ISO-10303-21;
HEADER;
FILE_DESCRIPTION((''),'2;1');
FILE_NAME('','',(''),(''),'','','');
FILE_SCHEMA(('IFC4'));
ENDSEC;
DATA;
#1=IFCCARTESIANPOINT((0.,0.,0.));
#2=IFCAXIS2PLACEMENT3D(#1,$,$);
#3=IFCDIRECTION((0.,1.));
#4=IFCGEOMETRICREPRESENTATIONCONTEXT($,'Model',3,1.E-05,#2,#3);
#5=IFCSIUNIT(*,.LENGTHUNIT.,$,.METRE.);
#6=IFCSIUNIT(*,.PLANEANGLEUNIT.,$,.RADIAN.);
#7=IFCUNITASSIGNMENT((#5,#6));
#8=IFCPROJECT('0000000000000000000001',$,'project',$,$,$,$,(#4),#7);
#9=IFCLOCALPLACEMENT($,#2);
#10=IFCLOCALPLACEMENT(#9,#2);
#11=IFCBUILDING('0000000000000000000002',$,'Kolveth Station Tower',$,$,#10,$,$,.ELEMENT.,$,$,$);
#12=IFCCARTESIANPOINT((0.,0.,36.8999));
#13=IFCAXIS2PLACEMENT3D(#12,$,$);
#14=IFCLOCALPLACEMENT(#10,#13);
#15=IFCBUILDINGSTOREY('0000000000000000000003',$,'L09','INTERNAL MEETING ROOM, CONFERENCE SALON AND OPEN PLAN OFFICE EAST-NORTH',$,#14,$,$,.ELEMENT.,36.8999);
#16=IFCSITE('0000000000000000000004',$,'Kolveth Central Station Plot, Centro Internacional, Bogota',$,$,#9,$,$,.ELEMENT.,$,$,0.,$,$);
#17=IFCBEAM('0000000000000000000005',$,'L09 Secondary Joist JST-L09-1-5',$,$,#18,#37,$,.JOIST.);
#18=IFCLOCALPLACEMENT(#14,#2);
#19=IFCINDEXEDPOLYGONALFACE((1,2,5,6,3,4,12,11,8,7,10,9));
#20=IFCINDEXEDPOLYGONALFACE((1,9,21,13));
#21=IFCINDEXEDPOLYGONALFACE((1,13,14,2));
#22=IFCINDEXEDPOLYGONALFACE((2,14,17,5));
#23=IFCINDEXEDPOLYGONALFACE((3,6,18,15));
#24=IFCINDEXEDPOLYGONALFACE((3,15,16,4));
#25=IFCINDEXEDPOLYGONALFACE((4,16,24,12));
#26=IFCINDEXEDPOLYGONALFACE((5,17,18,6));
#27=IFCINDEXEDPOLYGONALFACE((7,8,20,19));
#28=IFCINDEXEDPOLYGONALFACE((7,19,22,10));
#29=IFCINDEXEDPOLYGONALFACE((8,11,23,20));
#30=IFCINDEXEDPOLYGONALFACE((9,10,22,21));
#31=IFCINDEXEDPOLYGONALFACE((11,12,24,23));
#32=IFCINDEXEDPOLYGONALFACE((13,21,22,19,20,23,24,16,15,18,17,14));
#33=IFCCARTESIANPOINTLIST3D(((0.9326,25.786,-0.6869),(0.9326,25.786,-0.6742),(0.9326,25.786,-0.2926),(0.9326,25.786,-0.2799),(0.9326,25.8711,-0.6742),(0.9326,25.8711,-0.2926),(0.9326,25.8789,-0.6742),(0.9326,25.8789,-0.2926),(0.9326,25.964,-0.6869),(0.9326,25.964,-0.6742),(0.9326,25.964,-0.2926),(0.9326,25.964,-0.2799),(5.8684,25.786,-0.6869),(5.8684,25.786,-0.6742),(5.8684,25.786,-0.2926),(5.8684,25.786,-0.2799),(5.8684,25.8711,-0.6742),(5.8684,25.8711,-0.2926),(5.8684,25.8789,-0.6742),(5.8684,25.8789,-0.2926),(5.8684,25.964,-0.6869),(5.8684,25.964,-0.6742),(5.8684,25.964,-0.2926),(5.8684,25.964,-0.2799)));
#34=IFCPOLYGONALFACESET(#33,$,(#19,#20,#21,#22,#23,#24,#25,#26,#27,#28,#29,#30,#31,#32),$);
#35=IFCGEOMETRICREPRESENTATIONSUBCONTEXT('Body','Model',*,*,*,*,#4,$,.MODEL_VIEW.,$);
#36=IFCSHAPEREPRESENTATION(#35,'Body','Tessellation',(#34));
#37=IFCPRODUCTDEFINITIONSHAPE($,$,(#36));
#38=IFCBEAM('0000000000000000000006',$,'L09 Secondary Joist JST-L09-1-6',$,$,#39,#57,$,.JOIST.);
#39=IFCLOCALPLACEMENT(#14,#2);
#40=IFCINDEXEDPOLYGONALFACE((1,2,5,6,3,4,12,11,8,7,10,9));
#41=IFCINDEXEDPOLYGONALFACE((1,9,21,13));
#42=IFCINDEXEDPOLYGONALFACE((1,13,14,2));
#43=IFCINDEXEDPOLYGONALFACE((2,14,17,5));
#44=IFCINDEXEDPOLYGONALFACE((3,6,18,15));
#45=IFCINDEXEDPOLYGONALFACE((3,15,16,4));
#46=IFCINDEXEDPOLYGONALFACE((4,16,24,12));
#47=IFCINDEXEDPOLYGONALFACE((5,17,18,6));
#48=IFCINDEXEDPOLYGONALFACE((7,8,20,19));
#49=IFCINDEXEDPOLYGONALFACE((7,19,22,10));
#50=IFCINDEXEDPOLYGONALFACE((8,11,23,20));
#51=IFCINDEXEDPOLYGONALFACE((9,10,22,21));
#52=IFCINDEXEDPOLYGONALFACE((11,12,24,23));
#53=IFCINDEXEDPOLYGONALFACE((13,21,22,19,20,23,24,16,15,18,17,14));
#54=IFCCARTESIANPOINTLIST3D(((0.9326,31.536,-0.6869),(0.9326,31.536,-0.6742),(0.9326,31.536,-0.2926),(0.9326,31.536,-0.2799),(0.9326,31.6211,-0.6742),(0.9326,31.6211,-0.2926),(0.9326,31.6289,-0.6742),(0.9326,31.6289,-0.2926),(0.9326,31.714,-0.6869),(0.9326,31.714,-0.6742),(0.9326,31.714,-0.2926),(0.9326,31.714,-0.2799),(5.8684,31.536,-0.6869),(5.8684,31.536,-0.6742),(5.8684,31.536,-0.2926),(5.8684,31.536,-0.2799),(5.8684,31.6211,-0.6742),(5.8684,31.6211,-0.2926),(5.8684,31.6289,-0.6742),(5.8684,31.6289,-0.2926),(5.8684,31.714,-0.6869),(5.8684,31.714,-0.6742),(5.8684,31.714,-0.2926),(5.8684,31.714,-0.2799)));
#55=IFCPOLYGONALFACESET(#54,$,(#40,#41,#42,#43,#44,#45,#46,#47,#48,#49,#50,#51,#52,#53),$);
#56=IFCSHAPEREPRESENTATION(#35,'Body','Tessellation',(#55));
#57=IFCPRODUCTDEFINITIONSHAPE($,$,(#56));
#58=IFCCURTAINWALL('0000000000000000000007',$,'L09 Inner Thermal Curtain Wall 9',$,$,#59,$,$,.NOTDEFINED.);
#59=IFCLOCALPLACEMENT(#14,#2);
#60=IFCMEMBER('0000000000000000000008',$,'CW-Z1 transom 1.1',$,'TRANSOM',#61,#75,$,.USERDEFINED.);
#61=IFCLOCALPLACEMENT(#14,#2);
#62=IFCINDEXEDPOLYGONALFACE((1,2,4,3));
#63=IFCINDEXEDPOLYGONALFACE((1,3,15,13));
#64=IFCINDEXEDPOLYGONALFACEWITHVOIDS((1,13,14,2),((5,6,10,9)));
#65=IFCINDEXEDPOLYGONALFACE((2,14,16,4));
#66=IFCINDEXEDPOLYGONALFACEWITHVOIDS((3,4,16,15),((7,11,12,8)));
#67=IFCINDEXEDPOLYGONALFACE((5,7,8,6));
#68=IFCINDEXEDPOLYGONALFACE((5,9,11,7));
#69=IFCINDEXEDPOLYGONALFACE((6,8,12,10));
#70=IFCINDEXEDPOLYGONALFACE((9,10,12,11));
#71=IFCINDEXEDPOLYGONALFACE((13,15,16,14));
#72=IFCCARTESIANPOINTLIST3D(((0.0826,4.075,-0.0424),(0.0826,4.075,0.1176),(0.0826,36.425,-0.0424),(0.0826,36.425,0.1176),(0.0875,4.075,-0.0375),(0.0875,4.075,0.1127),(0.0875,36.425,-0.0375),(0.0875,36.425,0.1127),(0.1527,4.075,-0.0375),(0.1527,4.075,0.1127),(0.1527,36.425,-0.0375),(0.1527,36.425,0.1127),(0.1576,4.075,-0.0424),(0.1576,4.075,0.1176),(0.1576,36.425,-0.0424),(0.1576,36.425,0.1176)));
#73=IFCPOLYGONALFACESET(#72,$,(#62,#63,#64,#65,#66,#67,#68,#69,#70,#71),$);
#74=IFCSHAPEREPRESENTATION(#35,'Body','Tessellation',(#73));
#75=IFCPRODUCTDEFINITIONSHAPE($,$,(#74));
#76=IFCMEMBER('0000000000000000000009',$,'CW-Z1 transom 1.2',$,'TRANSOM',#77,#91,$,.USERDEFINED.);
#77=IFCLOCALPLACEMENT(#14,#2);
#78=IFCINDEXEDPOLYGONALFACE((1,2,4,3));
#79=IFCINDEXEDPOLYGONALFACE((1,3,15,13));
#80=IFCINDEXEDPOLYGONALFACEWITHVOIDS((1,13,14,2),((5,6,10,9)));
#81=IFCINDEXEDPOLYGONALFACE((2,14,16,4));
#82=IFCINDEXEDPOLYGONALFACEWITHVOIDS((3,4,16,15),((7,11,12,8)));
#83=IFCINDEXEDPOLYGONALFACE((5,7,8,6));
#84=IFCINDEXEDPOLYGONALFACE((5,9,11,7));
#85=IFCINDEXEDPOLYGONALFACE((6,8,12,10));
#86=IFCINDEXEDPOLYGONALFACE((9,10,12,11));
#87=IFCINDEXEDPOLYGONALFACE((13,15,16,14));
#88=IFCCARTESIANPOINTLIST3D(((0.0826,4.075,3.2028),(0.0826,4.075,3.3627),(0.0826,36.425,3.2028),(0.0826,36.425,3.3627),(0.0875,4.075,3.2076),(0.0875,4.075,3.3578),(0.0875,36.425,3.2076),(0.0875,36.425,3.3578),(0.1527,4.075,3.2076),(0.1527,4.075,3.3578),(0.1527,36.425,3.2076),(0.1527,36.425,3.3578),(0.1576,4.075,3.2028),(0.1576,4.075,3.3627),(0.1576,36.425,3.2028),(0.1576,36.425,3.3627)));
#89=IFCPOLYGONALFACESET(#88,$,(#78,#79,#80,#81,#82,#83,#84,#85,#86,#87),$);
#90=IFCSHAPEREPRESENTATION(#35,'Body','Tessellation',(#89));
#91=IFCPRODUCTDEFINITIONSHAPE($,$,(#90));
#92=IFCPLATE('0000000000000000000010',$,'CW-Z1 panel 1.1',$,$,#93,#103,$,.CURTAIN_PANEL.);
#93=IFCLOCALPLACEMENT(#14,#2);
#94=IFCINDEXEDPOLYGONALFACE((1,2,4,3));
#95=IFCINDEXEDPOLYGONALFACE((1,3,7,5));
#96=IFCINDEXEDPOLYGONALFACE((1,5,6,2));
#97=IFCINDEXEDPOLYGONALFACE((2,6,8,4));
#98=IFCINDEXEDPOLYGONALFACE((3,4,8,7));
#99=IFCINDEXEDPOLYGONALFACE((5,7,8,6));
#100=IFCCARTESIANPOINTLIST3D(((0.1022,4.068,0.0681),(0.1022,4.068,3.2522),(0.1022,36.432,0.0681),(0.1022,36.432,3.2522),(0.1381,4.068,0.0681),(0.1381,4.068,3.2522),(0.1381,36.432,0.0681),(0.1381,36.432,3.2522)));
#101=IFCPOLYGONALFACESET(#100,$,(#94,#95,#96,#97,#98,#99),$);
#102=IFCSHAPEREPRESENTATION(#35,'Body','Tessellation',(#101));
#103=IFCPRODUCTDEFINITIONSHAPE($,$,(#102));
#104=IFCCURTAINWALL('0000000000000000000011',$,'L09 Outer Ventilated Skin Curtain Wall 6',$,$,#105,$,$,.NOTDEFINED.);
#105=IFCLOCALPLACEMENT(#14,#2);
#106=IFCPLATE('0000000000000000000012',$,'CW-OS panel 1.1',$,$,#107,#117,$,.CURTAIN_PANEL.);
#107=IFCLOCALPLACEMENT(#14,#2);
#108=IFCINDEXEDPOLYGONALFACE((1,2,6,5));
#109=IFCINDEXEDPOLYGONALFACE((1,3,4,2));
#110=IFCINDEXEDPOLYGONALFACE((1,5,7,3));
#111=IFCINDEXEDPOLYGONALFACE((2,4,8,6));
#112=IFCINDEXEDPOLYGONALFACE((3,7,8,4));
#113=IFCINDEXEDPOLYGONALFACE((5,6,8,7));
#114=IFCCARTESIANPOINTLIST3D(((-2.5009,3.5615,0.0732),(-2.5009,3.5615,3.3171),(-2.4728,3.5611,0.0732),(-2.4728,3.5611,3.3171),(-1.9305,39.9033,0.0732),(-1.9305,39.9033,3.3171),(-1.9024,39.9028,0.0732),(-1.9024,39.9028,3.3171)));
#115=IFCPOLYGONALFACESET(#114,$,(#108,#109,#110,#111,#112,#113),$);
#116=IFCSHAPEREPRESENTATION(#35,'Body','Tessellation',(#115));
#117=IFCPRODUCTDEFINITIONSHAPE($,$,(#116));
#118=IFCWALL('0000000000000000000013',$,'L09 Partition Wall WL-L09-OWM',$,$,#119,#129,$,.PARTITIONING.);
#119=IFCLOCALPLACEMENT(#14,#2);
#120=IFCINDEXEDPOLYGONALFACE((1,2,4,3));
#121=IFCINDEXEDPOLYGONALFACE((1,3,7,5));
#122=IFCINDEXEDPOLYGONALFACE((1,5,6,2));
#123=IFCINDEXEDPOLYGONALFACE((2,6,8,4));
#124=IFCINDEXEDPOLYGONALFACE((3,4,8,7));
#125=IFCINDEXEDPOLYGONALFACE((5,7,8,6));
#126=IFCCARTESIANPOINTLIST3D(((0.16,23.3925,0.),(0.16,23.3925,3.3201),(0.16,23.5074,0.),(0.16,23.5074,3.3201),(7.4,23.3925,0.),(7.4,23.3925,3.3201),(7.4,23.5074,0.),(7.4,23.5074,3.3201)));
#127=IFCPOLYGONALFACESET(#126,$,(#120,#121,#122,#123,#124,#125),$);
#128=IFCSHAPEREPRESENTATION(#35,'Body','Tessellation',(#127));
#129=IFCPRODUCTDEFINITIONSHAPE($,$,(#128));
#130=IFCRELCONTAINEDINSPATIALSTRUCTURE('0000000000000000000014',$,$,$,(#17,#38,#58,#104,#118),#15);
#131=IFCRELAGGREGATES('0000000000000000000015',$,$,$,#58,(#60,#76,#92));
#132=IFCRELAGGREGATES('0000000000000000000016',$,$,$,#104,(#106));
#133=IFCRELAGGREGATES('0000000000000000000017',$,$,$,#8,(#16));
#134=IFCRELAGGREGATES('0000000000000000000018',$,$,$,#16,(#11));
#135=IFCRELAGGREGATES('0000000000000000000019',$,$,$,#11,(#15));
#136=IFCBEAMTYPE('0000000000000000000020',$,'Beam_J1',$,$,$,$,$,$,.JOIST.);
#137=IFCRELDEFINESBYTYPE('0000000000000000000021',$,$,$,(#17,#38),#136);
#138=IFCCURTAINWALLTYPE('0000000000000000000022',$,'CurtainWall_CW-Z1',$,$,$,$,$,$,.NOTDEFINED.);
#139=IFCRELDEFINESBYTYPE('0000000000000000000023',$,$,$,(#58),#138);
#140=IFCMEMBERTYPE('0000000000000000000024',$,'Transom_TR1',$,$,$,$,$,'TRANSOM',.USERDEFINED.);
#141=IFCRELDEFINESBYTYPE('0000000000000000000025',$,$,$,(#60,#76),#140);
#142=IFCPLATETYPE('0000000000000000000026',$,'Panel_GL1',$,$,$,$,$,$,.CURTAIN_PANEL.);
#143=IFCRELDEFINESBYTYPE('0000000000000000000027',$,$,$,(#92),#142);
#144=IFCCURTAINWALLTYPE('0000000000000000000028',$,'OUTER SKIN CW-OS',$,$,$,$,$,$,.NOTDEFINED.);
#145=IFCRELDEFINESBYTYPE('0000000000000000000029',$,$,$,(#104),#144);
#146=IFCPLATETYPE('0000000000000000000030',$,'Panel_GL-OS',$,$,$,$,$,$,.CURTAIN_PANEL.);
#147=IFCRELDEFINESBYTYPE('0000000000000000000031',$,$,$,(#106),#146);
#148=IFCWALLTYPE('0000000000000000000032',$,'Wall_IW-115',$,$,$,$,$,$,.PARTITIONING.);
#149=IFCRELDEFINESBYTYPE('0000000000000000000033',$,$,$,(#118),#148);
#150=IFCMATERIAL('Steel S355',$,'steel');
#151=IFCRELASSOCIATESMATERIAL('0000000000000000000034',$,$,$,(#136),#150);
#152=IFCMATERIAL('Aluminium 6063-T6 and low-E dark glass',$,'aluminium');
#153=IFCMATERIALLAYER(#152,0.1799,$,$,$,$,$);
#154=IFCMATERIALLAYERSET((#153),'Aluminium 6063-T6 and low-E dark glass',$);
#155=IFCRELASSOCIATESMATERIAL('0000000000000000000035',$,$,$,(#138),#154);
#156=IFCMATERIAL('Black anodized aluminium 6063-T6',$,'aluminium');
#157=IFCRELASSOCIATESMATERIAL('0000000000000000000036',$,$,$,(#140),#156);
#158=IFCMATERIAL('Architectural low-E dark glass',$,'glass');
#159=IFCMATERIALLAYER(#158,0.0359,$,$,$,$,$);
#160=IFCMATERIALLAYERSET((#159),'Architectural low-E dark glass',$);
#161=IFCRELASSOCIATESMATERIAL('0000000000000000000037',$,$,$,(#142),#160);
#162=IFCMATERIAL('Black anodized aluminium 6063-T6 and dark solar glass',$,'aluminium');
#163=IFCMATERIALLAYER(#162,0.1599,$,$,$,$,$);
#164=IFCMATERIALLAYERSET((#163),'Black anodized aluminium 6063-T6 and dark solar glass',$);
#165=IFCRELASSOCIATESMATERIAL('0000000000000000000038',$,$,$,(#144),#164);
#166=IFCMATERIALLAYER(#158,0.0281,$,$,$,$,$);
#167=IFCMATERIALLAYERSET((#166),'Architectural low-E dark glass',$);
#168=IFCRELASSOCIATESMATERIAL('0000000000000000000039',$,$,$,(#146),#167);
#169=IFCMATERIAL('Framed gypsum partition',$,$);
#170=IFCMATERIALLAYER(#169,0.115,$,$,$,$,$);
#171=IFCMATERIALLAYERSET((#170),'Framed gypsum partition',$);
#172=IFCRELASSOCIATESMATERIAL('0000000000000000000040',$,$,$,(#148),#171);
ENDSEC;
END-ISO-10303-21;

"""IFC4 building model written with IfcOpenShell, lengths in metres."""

from ifc_helpers import new_model, si_unit, direction, frame, frame_2d, origin, origin_2d, place, context, subcontext, project, spatial, rectangle, hollow_rectangle, i_section, extrude, source, transform, mapped, material, layer, layer_set, material_profile, profile_set, type_object, element, aggregate, save


model = new_model("IFC4")

# Units and contexts
model_context = context("Model", 3, precision=1e-05, world=origin(), true_north=direction((0.0, 1.0)))
body_context = subcontext(model_context, "Body", "Model", "MODEL_VIEW")
ifc_project = project(units=[si_unit("LENGTHUNIT", "METRE"), si_unit("PLANEANGLEUNIT", "RADIAN")], contexts=[model_context])

# Site, building, storey
site_placement = place(None, origin())
site = spatial("IfcSite", under=ifc_project, at=site_placement, Name="Kolveth Central Station Plot, Centro Internacional, Bogota", CompositionType="ELEMENT", RefElevation=0.0)
building_placement = place(site_placement, origin())
building = spatial("IfcBuilding", under=site, at=building_placement, Name="Kolveth Station Tower", CompositionType="ELEMENT")
storey_placement = place(building_placement, frame((0.0, 0.0, 36.8999)))
storey = spatial("IfcBuildingStorey", under=building, at=storey_placement, Name="L09", Description="INTERNAL MEETING ROOM, CONFERENCE SALON AND OPEN PLAN OFFICE EAST-NORTH", CompositionType="ELEMENT", Elevation=36.8999)

# Shared definitions
ifc_material_1 = material(Name="Steel S355", Category="steel")

# Beams
ifc_material_profile_1 = material_profile(ifc_material_1, i_section(OverallWidth=0.178, OverallDepth=0.407, WebThickness=0.0078, FlangeThickness=0.0127, at=origin_2d()), Name="W410x60")
ifc_profile_set_1 = profile_set([ifc_material_profile_1], Name="Steel S355")
beam_type_1 = type_object("IfcBeamType", Name="Beam_J1", PredefinedType="JOIST", material=ifc_profile_set_1)
shared_shape_1 = source(origin(), body_context, "Body", "SweptSolid", [
    extrude(i_section(OverallWidth=0.178, OverallDepth=0.407, WebThickness=0.0078, FlangeThickness=0.0127, at=origin_2d()), origin(), (0.0, 0.0, 1.0), 4.9358),
])
for number, where, z_axis, x_axis, name in (
    (1, (0.9326, 25.875, -0.4834), (1.0, 0.0, 0.0), (0.0, 1.0, 0.0), "L09 Secondary Joist JST-L09-1-5"),
    (2, (0.9326, 31.625, -0.4834), (1.0, 0.0, 0.0), (0.0, 1.0, 0.0), "L09 Secondary Joist JST-L09-1-6"),
):
    element("IfcBeam", number, at=place(storey_placement, frame(where, z_axis=z_axis, x_axis=x_axis)), inside=storey, type_object=beam_type_1, Name=name, PredefinedType="JOIST", context=body_context, shape_type="MappedRepresentation", body=[
        mapped(shared_shape_1, transform((0.0, 0.0, 0.0), x_axis=(1.0, 0.0, 0.0), y_axis=(0.0, 1.0, 0.0), z_axis=(0.0, 0.0, 1.0), scale=1.0)),
    ])

# Curtain wall, members, plate
ifc_material_2 = material(Name="Aluminium 6063-T6 and low-E dark glass", Category="aluminium")
ifc_layer_1 = layer(ifc_material_2, 0.1799)
ifc_layer_set_1 = layer_set([ifc_layer_1], Name="Aluminium 6063-T6 and low-E dark glass")
curtain_wall_type_1 = type_object("IfcCurtainWallType", Name="CurtainWall_CW-Z1", PredefinedType="NOTDEFINED", material=ifc_layer_set_1)
curtain_wall_1_placement = place(storey_placement, origin())
curtain_wall_1 = element("IfcCurtainWall", 3, at=curtain_wall_1_placement, inside=storey, type_object=curtain_wall_type_1, Name="L09 Inner Thermal Curtain Wall 9", PredefinedType="NOTDEFINED")
ifc_material_3 = material(Name="Black anodized aluminium 6063-T6", Category="aluminium")
ifc_material_profile_2 = material_profile(ifc_material_3, hollow_rectangle(XDim=0.075, YDim=0.1599, WallThickness=0.0049, at=origin_2d()), Name="ALU-75x160x5")
ifc_profile_set_2 = profile_set([ifc_material_profile_2], Name="Black anodized aluminium 6063-T6")
member_type = type_object("IfcMemberType", Name="Transom_TR1", ElementType="TRANSOM", PredefinedType="USERDEFINED", material=ifc_profile_set_2)
shared_shape_2 = source(origin(), body_context, "Body", "SweptSolid", [
    extrude(hollow_rectangle(XDim=0.075, YDim=0.1599, WallThickness=0.0049, at=origin_2d()), origin(), (0.0, 0.0, 1.0), 32.3501),
])
member_1_placement = place(storey_placement, frame((0.1201, 36.425, 0.0376), z_axis=(0.0, -1.0, 0.0), x_axis=(1.0, 0.0, 0.0)))
member_1 = element("IfcMember", 4, at=member_1_placement, type_object=member_type, Name="CW-Z1 transom 1.1", ObjectType="TRANSOM", PredefinedType="USERDEFINED", context=body_context, shape_type="MappedRepresentation", body=[
    mapped(shared_shape_2, transform((0.0, 0.0, 0.0), x_axis=(1.0, 0.0, 0.0), y_axis=(0.0, 1.0, 0.0), z_axis=(0.0, 0.0, 1.0), scale=1.0)),
])
member_2_placement = place(storey_placement, frame((0.1201, 36.425, 3.2827), z_axis=(0.0, -1.0, 0.0), x_axis=(1.0, 0.0, 0.0)))
member_2 = element("IfcMember", 5, at=member_2_placement, type_object=member_type, Name="CW-Z1 transom 1.2", ObjectType="TRANSOM", PredefinedType="USERDEFINED", context=body_context, shape_type="MappedRepresentation", body=[
    mapped(shared_shape_2, transform((0.0, 0.0, 0.0), x_axis=(1.0, 0.0, 0.0), y_axis=(0.0, 1.0, 0.0), z_axis=(0.0, 0.0, 1.0), scale=1.0)),
])
ifc_material_4 = material(Name="Architectural low-E dark glass", Category="glass")
ifc_layer_2 = layer(ifc_material_4, 0.0359)
ifc_layer_set_2 = layer_set([ifc_layer_2], Name="Architectural low-E dark glass")
plate_type_1 = type_object("IfcPlateType", Name="Panel_GL1", PredefinedType="CURTAIN_PANEL", material=ifc_layer_set_2)
shared_shape_3 = source(origin(), body_context, "Body", "SweptSolid", [
    extrude(rectangle(XDim=32.364, YDim=0.0359, at=origin_2d()), origin(), (0.0, 0.0, 1.0), 3.1841),
])
plate_1_placement = place(storey_placement, frame((0.1201, 20.25, 0.0681), z_axis=(0.0, 0.0, 1.0), x_axis=(0.0, -1.0, 0.0)))
plate_1 = element("IfcPlate", 6, at=plate_1_placement, type_object=plate_type_1, Name="CW-Z1 panel 1.1", PredefinedType="CURTAIN_PANEL", context=body_context, shape_type="MappedRepresentation", body=[
    mapped(shared_shape_3, transform((0.0, 0.0, 0.0), x_axis=(1.0, 0.0, 0.0), y_axis=(0.0, 1.0, 0.0), z_axis=(0.0, 0.0, 1.0), scale=1.0)),
])
aggregate(curtain_wall_1, [member_1, member_2, plate_1])

# Curtain wall, plate
ifc_material_5 = material(Name="Black anodized aluminium 6063-T6 and dark solar glass", Category="aluminium")
ifc_layer_3 = layer(ifc_material_5, 0.1599)
ifc_layer_set_3 = layer_set([ifc_layer_3], Name="Black anodized aluminium 6063-T6 and dark solar glass")
curtain_wall_type_2 = type_object("IfcCurtainWallType", Name="OUTER SKIN CW-OS", PredefinedType="NOTDEFINED", material=ifc_layer_set_3)
curtain_wall_2_placement = place(storey_placement, origin())
curtain_wall_2 = element("IfcCurtainWall", 7, at=curtain_wall_2_placement, inside=storey, type_object=curtain_wall_type_2, Name="L09 Outer Ventilated Skin Curtain Wall 6", PredefinedType="NOTDEFINED")
ifc_layer_4 = layer(ifc_material_4, 0.0281)
ifc_layer_set_4 = layer_set([ifc_layer_4], Name="Architectural low-E dark glass")
plate_type_2 = type_object("IfcPlateType", Name="Panel_GL-OS", PredefinedType="CURTAIN_PANEL", material=ifc_layer_set_4)
shared_shape_4 = source(origin(), body_context, "Body", "SweptSolid", [
    extrude(rectangle(XDim=36.3462, YDim=0.0281, at=origin_2d()), origin(), (0.0, 0.0, 1.0), 3.2439),
])
plate_2_placement = place(storey_placement, frame((-2.2017, 21.7322, 0.0732), z_axis=(0.0, 0.0, 1.0), x_axis=(-0.015693, -0.999877, 0.0)))
plate_2 = element("IfcPlate", 8, at=plate_2_placement, type_object=plate_type_2, Name="CW-OS panel 1.1", PredefinedType="CURTAIN_PANEL", context=body_context, shape_type="MappedRepresentation", body=[
    mapped(shared_shape_4, transform((0.0, 0.0, 0.0), x_axis=(1.0, 0.0, 0.0), y_axis=(0.0, 1.0, 0.0), z_axis=(0.0, 0.0, 1.0), scale=1.0)),
])
aggregate(curtain_wall_2, [plate_2])

# Wall
ifc_material_6 = material(Name="Framed gypsum partition")
ifc_layer_5 = layer(ifc_material_6, 0.115)
ifc_layer_set_5 = layer_set([ifc_layer_5], Name="Framed gypsum partition")
wall_type = type_object("IfcWallType", Name="Wall_IW-115", PredefinedType="PARTITIONING", material=ifc_layer_set_5)
wall_placement = place(storey_placement, frame((0.1599, 23.45, 0.0), z_axis=(0.0, 0.0, 1.0), x_axis=(1.0, 0.0, 0.0)))
element("IfcWall", 9, at=wall_placement, inside=storey, type_object=wall_type, Name="L09 Partition Wall WL-L09-OWM", PredefinedType="PARTITIONING", context=body_context, shape_type="SweptSolid", body=[
    extrude(rectangle(XDim=7.24, YDim=0.115, at=frame_2d((3.6201, 0.0))), origin(), (0.0, 0.0, 1.0), 3.3201),
])

save(model, "model.ifc")
